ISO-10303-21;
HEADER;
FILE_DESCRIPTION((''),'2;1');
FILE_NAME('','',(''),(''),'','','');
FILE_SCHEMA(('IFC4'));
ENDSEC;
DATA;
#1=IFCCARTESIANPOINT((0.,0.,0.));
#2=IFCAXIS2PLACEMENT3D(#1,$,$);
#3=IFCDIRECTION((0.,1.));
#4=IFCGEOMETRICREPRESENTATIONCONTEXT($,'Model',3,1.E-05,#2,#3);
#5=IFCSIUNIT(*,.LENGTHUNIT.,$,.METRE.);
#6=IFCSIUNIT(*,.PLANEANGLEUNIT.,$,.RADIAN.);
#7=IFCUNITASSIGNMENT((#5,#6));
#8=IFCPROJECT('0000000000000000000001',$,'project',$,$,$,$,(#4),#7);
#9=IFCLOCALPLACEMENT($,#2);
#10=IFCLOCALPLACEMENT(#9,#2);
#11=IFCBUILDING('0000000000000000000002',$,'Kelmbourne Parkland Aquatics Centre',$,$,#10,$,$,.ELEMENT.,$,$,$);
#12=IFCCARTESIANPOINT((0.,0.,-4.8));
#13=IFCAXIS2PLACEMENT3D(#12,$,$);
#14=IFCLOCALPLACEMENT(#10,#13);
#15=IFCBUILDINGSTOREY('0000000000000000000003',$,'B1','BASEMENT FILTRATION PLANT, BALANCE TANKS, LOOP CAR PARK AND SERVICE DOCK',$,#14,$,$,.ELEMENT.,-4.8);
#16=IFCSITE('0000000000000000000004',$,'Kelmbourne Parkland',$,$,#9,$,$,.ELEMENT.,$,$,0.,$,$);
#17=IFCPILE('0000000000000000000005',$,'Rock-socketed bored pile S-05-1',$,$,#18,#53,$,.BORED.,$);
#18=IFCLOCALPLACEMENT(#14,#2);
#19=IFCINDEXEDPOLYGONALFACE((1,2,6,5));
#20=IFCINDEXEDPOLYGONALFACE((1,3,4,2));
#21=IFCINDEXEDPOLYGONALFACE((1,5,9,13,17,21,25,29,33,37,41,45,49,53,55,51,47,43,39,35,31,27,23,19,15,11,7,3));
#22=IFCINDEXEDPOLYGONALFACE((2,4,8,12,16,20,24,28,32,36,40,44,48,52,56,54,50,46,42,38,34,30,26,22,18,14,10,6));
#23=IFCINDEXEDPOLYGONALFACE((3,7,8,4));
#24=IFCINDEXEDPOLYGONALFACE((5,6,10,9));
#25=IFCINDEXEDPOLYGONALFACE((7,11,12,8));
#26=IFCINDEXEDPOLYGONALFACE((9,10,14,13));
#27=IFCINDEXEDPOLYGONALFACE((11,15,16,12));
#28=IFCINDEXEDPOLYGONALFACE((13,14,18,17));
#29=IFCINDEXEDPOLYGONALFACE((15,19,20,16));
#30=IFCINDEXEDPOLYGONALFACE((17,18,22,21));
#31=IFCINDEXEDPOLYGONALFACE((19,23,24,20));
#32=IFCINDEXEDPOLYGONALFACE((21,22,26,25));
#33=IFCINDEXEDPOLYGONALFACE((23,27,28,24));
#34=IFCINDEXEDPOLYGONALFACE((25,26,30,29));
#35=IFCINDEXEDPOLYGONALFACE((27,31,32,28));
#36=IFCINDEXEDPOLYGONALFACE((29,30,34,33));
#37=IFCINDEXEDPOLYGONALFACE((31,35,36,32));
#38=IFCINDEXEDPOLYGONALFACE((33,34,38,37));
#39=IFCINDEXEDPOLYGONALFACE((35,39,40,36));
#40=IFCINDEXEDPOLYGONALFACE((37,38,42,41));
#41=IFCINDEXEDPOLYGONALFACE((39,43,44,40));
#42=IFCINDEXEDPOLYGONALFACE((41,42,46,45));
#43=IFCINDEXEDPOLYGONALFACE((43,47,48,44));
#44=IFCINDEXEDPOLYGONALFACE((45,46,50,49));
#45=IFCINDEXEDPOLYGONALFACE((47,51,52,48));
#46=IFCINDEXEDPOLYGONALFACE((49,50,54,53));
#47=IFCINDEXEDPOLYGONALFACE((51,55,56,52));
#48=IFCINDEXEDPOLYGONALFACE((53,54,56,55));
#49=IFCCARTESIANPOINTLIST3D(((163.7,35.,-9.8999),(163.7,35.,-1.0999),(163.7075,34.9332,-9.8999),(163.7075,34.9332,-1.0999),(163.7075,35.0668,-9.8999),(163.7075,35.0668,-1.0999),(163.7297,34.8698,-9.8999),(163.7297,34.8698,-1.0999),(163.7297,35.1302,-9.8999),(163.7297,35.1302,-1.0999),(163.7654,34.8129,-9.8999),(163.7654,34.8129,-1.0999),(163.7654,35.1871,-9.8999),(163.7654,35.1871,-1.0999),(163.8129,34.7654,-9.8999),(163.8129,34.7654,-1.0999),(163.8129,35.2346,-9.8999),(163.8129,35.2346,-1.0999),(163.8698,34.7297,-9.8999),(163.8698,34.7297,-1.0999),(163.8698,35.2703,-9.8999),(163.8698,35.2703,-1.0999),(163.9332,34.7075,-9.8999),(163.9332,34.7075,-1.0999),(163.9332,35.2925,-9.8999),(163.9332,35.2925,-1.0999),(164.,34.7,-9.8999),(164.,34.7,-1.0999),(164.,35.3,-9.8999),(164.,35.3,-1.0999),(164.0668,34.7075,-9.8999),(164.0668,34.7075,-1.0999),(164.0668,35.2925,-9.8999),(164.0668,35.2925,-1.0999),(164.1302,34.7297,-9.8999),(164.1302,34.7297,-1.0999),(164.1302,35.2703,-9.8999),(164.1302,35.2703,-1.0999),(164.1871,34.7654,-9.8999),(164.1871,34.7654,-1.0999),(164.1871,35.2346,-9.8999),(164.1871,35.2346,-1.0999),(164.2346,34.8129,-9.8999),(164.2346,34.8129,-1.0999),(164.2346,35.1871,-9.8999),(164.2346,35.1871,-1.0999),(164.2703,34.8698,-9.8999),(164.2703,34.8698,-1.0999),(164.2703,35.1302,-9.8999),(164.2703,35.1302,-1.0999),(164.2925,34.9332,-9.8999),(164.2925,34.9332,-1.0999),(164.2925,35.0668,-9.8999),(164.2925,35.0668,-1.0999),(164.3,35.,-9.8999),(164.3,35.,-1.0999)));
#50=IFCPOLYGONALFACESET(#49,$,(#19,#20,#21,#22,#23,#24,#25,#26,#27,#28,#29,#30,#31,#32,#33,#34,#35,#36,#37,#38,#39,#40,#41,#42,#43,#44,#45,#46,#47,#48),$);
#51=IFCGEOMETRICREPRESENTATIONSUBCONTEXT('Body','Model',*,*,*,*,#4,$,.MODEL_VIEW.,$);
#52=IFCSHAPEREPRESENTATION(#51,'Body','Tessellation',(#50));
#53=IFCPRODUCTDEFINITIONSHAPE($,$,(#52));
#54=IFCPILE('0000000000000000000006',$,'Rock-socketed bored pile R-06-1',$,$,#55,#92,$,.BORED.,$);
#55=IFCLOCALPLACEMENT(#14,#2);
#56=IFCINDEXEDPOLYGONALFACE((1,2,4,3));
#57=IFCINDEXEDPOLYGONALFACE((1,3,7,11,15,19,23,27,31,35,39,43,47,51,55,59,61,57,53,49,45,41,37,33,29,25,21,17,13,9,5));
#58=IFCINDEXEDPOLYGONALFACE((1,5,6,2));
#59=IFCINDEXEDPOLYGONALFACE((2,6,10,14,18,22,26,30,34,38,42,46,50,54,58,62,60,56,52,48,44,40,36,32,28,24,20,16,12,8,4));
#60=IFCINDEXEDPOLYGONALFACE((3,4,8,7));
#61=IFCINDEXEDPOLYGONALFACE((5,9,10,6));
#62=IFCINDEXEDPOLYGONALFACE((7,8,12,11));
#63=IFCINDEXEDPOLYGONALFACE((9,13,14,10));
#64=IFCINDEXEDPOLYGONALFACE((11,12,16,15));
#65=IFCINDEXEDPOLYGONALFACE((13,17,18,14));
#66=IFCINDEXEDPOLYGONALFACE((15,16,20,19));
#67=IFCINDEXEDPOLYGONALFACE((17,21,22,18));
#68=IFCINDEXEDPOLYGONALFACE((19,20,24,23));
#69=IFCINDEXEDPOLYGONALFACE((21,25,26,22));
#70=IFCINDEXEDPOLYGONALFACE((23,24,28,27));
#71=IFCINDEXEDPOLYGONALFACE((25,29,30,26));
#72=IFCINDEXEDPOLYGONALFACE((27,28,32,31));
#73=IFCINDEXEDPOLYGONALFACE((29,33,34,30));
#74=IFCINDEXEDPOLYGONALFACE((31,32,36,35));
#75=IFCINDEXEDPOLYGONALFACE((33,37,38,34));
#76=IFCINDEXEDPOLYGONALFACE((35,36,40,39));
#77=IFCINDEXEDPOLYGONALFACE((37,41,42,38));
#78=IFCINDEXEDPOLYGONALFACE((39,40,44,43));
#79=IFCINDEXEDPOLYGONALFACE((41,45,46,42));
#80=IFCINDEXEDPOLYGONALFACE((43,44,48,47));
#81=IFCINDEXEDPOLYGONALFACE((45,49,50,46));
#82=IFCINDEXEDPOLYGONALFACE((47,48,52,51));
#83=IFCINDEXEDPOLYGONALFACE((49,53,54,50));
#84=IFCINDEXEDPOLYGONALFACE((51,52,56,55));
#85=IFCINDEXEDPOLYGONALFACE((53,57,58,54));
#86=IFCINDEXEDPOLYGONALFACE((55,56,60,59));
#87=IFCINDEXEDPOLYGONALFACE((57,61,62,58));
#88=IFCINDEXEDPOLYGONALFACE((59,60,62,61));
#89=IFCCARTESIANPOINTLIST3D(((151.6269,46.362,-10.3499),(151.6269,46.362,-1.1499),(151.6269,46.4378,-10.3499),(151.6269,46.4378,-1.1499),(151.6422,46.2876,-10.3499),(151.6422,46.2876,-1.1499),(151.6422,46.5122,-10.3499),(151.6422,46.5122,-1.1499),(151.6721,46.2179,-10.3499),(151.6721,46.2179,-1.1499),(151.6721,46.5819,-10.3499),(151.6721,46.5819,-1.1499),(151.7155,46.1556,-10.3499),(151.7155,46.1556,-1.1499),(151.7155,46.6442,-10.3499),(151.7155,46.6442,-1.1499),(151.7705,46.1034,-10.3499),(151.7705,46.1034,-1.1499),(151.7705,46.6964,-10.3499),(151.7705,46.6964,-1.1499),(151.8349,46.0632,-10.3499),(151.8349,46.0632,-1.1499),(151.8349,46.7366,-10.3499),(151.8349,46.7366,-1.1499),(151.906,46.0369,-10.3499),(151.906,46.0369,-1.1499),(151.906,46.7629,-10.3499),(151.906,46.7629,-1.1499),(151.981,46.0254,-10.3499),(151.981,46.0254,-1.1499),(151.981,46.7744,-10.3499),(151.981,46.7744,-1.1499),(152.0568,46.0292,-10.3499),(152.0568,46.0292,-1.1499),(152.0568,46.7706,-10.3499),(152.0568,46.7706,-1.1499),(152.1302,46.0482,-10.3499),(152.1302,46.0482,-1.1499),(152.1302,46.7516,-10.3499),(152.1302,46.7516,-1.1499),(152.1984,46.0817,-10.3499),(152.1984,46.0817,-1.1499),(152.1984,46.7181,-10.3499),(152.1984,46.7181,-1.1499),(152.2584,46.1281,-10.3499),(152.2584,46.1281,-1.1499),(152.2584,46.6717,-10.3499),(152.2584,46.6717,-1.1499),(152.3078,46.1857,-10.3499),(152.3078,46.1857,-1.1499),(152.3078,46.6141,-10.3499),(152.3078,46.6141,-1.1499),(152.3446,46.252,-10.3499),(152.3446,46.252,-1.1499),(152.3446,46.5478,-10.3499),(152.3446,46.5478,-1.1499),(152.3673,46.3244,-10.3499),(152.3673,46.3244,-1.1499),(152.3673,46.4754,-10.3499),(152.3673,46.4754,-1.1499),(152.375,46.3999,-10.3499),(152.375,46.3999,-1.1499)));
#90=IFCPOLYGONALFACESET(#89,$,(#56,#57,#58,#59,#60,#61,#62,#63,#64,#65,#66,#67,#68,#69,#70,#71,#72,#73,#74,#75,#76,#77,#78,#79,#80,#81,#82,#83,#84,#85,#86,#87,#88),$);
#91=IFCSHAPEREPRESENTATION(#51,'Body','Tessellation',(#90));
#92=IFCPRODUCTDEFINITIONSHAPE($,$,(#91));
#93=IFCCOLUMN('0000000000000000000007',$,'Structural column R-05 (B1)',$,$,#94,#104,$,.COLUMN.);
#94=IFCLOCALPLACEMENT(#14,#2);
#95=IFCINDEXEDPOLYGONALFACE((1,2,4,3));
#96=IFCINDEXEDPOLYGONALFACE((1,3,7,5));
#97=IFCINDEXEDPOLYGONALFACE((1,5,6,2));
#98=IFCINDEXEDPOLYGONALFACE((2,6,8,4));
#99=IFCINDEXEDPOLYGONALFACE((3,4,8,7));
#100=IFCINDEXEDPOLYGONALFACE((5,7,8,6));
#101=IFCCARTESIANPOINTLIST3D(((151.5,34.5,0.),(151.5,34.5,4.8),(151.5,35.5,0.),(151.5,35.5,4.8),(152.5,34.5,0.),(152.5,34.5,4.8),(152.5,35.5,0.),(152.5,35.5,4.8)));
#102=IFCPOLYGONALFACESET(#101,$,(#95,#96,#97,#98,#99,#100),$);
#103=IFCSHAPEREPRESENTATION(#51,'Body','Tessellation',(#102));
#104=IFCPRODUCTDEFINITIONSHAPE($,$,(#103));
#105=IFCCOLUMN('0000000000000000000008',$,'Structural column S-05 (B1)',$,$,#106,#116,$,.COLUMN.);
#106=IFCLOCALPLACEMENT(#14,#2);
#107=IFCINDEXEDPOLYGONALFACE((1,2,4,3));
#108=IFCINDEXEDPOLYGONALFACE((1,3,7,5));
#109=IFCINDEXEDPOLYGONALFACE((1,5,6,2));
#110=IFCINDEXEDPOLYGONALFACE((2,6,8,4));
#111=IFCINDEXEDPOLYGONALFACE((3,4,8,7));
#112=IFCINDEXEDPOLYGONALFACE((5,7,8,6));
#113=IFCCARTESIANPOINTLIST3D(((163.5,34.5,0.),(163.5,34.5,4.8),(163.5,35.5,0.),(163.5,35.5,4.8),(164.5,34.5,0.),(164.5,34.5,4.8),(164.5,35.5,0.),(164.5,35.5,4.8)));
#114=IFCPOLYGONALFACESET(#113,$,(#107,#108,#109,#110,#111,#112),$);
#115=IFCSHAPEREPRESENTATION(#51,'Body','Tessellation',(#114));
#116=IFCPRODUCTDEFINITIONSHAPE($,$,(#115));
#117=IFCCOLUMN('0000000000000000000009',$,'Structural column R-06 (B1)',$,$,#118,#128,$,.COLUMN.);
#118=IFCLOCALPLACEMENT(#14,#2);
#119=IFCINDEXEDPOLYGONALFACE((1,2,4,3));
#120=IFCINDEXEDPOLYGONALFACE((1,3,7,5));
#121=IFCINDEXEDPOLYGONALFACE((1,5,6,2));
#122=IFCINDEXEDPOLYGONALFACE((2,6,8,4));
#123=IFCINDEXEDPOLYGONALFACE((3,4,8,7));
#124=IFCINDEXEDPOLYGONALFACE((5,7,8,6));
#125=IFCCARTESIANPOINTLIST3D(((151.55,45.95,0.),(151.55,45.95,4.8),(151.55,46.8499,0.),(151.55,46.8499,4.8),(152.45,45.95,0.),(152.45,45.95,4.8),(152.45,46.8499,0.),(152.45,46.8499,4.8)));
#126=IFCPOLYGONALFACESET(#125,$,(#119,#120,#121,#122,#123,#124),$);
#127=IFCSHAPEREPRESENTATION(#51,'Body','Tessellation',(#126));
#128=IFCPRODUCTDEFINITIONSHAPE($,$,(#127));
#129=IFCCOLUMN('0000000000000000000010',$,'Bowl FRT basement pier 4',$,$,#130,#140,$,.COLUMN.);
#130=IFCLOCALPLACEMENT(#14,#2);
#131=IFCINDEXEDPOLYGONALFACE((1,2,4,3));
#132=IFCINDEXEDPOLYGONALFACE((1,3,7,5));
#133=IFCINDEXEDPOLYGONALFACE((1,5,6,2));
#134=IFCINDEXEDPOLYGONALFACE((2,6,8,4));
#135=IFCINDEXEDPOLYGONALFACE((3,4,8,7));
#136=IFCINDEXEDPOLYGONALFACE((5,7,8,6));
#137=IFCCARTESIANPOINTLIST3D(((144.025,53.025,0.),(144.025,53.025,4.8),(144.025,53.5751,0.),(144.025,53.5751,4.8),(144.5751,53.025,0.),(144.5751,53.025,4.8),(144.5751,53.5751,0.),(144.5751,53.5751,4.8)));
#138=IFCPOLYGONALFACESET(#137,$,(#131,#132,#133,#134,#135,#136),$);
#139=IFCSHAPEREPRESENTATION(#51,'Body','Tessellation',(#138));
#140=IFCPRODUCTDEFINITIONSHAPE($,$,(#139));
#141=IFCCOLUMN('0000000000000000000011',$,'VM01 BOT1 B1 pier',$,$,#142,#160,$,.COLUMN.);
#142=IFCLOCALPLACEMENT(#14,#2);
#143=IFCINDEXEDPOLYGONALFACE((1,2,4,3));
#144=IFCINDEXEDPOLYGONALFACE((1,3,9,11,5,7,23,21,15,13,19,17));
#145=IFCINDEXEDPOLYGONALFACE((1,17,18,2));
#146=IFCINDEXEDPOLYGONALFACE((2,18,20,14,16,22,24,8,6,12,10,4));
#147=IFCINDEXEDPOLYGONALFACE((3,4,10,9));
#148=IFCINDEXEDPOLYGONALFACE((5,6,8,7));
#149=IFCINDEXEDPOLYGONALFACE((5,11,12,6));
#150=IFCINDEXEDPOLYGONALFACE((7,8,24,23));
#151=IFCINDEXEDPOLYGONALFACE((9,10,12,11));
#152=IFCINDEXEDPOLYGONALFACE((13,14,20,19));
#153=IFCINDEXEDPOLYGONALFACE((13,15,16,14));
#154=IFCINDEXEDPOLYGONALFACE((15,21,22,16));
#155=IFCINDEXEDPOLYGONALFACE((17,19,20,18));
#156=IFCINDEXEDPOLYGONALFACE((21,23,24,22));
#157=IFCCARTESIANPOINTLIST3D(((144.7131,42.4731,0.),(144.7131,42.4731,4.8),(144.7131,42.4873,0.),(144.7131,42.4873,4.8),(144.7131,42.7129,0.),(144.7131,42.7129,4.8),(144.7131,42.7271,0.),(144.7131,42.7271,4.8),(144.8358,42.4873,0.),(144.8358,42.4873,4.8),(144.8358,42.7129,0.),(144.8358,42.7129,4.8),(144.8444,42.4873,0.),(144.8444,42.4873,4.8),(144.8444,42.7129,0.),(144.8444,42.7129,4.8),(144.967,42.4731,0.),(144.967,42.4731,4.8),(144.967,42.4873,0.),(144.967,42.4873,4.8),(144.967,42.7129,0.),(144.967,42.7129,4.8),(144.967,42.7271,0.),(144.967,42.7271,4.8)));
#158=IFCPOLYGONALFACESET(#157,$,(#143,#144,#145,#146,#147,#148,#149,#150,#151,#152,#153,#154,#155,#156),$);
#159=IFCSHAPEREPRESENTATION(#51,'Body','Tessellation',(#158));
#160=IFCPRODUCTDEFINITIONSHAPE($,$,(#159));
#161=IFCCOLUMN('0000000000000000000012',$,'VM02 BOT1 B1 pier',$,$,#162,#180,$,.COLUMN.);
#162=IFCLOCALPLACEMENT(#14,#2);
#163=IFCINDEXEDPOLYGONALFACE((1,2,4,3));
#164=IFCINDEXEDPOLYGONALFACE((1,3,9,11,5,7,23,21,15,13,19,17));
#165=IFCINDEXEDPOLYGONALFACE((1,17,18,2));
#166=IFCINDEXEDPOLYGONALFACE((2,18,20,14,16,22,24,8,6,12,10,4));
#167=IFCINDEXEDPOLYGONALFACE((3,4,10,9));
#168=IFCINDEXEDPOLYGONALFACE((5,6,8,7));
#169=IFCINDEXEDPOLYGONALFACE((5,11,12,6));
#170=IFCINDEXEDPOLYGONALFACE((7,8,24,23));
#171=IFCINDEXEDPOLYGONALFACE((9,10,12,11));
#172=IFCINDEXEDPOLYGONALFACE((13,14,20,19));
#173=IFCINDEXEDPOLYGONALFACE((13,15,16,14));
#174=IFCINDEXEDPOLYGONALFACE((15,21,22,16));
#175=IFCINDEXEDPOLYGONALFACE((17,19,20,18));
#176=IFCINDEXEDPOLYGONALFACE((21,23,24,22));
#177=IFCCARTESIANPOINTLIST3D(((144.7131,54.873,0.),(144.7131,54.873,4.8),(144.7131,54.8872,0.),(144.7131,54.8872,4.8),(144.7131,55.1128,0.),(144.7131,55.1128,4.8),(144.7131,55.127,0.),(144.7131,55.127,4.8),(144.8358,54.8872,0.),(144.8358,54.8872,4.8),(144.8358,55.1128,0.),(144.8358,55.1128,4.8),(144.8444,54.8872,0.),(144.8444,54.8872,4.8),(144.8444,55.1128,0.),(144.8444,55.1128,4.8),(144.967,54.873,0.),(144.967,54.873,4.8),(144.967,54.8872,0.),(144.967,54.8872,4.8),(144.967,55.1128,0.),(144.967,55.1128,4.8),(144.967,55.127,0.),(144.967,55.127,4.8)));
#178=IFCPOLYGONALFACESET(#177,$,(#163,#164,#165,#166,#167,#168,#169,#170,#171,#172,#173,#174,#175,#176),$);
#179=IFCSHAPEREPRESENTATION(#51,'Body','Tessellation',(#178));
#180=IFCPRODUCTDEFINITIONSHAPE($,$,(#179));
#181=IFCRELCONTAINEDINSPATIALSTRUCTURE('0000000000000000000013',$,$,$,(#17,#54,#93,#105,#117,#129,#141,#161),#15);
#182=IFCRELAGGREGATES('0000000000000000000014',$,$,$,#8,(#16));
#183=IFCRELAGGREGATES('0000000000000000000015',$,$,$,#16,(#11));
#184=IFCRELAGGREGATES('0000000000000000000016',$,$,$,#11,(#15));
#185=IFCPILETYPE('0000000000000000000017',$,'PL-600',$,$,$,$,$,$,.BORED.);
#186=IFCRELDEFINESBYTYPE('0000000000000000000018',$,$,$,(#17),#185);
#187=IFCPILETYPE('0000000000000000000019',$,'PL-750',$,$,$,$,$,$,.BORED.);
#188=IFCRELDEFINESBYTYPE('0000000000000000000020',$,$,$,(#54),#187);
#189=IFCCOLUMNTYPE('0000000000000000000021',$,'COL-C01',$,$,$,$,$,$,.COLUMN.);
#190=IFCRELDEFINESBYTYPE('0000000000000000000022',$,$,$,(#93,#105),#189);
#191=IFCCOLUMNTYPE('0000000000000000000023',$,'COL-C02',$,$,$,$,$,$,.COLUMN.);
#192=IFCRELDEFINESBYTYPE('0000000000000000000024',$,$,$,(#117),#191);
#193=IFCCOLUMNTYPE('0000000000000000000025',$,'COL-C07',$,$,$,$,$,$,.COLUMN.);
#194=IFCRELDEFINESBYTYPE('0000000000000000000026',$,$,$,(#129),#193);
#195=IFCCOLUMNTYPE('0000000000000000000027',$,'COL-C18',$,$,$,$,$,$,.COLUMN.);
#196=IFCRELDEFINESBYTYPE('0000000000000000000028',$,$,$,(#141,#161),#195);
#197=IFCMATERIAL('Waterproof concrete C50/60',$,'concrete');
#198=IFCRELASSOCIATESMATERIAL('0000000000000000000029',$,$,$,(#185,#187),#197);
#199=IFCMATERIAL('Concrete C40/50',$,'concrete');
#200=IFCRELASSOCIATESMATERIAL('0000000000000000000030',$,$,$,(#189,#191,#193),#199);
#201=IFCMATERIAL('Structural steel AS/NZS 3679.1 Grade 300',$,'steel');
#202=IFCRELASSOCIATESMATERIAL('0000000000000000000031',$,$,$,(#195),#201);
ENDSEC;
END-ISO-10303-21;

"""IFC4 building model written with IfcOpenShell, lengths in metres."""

from ifc_helpers import new_model, si_unit, direction, frame, origin, origin_2d, place, context, subcontext, project, spatial, rectangle, circle, i_section, extrude, material, material_profile, profile_set, type_object, element, save


model = new_model("IFC4")

# Units and contexts
model_context = context("Model", 3, precision=1e-05, world=origin(), true_north=direction((0.0, 1.0)))
body_context = subcontext(model_context, "Body", "Model", "MODEL_VIEW")
ifc_project = project(units=[si_unit("LENGTHUNIT", "METRE"), si_unit("PLANEANGLEUNIT", "RADIAN")], contexts=[model_context])

# Site, building, storey
site_placement = place(None, origin())
site = spatial("IfcSite", under=ifc_project, at=site_placement, Name="Kelmbourne Parkland", CompositionType="ELEMENT", RefElevation=0.0)
building_placement = place(site_placement, origin())
building = spatial("IfcBuilding", under=site, at=building_placement, Name="Kelmbourne Parkland Aquatics Centre", CompositionType="ELEMENT")
storey_placement = place(building_placement, frame((0.0, 0.0, -4.8)))
storey = spatial("IfcBuildingStorey", under=building, at=storey_placement, Name="B1", Description="BASEMENT FILTRATION PLANT, BALANCE TANKS, LOOP CAR PARK AND SERVICE DOCK", CompositionType="ELEMENT", Elevation=-4.8)

# Shared definitions
ifc_material_1 = material(Name="Waterproof concrete C50/60", Category="concrete")

# Piles
ifc_material_profile_1 = material_profile(ifc_material_1, circle(Radius=0.3, at=origin_2d()), Name="PILE D600")
ifc_profile_set_1 = profile_set([ifc_material_profile_1], Name="Waterproof concrete C50/60")
pile_type_1 = type_object("IfcPileType", Name="PL-600", PredefinedType="BORED", material=ifc_profile_set_1)
for number, where, z_axis, x_axis, name in (
    (1, (164.0, 35.0, -1.0999), (0.0, 0.0, -1.0), (1.0, 0.0, 0.0), "Rock-socketed bored pile S-05-1"),
):
    element("IfcPile", number, at=place(storey_placement, frame(where, z_axis=z_axis, x_axis=x_axis)), inside=storey, type_object=pile_type_1, Name=name, PredefinedType="BORED", context=body_context, shape_type="SweptSolid", body=[
        extrude(circle(Radius=0.3, at=origin_2d()), origin(), (0.0, 0.0, 1.0), 8.8),
    ])
ifc_material_profile_2 = material_profile(ifc_material_1, circle(Radius=0.375, at=origin_2d()), Name="PILE D750")
ifc_profile_set_2 = profile_set([ifc_material_profile_2], Name="Waterproof concrete C50/60")
pile_type_2 = type_object("IfcPileType", Name="PL-750", PredefinedType="BORED", material=ifc_profile_set_2)
pile_placement = place(storey_placement, frame((152.0, 46.3999, -1.1499), z_axis=(0.0, 0.0, -1.0), x_axis=(1.0, 0.0, 0.0)))
element("IfcPile", 2, at=pile_placement, inside=storey, type_object=pile_type_2, Name="Rock-socketed bored pile R-06-1", PredefinedType="BORED", context=body_context, shape_type="SweptSolid", body=[
    extrude(circle(Radius=0.375, at=origin_2d()), origin(), (0.0, 0.0, 1.0), 9.2),
])

# Columns
ifc_material_2 = material(Name="Concrete C40/50", Category="concrete")
ifc_material_profile_3 = material_profile(ifc_material_2, rectangle(XDim=1.0, YDim=1.0, at=origin_2d()), Name="RC 1000x1000")
ifc_profile_set_3 = profile_set([ifc_material_profile_3], Name="Concrete C40/50")
column_type_1 = type_object("IfcColumnType", Name="COL-C01", PredefinedType="COLUMN", material=ifc_profile_set_3)
for number, where, z_axis, x_axis, name in (
    (3, (152.0, 35.0, 0.0), (0.0, 0.0, 1.0), (1.0, 0.0, 0.0), "Structural column R-05 (B1)"),
    (4, (164.0, 35.0, 0.0), (0.0, 0.0, 1.0), (1.0, 0.0, 0.0), "Structural column S-05 (B1)"),
):
    element("IfcColumn", number, at=place(storey_placement, frame(where, z_axis=z_axis, x_axis=x_axis)), inside=storey, type_object=column_type_1, Name=name, PredefinedType="COLUMN", context=body_context, shape_type="SweptSolid", body=[
        extrude(rectangle(XDim=1.0, YDim=1.0, at=origin_2d()), origin(), (0.0, 0.0, 1.0), 4.8),
    ])
ifc_material_profile_4 = material_profile(ifc_material_2, rectangle(XDim=0.8999, YDim=0.8999, at=origin_2d()), Name="RC 900x900")
ifc_profile_set_4 = profile_set([ifc_material_profile_4], Name="Concrete C40/50")
column_type_2 = type_object("IfcColumnType", Name="COL-C02", PredefinedType="COLUMN", material=ifc_profile_set_4)
column_1_placement = place(storey_placement, frame((152.0, 46.3999, 0.0), z_axis=(0.0, 0.0, 1.0), x_axis=(1.0, 0.0, 0.0)))
element("IfcColumn", 5, at=column_1_placement, inside=storey, type_object=column_type_2, Name="Structural column R-06 (B1)", PredefinedType="COLUMN", context=body_context, shape_type="SweptSolid", body=[
    extrude(rectangle(XDim=0.8999, YDim=0.8999, at=origin_2d()), origin(), (0.0, 0.0, 1.0), 4.8),
])
ifc_material_profile_5 = material_profile(ifc_material_2, rectangle(XDim=0.55, YDim=0.55, at=origin_2d()), Name="RC 550x550")
ifc_profile_set_5 = profile_set([ifc_material_profile_5], Name="Concrete C40/50")
column_type_3 = type_object("IfcColumnType", Name="COL-C07", PredefinedType="COLUMN", material=ifc_profile_set_5)
column_2_placement = place(storey_placement, frame((144.3, 53.3, 0.0), z_axis=(0.0, 0.0, 1.0), x_axis=(1.0, 0.0, 0.0)))
element("IfcColumn", 6, at=column_2_placement, inside=storey, type_object=column_type_3, Name="Bowl FRT basement pier 4", PredefinedType="COLUMN", context=body_context, shape_type="SweptSolid", body=[
    extrude(rectangle(XDim=0.55, YDim=0.55, at=origin_2d()), origin(), (0.0, 0.0, 1.0), 4.8),
])
ifc_material_3 = material(Name="Structural steel AS/NZS 3679.1 Grade 300", Category="steel")
ifc_material_profile_6 = material_profile(ifc_material_3, i_section(OverallWidth=0.2539, OverallDepth=0.2539, WebThickness=0.0085, FlangeThickness=0.0142, at=origin_2d()), Name="250UC72.9")
ifc_profile_set_6 = profile_set([ifc_material_profile_6], Name="Structural steel AS/NZS 3679.1 Grade 300")
column_type_4 = type_object("IfcColumnType", Name="COL-C18", PredefinedType="COLUMN", material=ifc_profile_set_6)
for number, where, z_axis, x_axis, name in (
    (7, (144.8401, 42.6001, 0.0), (0.0, 0.0, 1.0), (1.0, 0.0, 0.0), "VM01 BOT1 B1 pier"),
    (8, (144.8401, 55.0, 0.0), (0.0, 0.0, 1.0), (1.0, 0.0, 0.0), "VM02 BOT1 B1 pier"),
):
    element("IfcColumn", number, at=place(storey_placement, frame(where, z_axis=z_axis, x_axis=x_axis)), inside=storey, type_object=column_type_4, Name=name, PredefinedType="COLUMN", context=body_context, shape_type="SweptSolid", body=[
        extrude(i_section(OverallWidth=0.2539, OverallDepth=0.2539, WebThickness=0.0085, FlangeThickness=0.0142, at=origin_2d()), origin(), (0.0, 0.0, 1.0), 4.8),
    ])

save(model, "model.ifc")
